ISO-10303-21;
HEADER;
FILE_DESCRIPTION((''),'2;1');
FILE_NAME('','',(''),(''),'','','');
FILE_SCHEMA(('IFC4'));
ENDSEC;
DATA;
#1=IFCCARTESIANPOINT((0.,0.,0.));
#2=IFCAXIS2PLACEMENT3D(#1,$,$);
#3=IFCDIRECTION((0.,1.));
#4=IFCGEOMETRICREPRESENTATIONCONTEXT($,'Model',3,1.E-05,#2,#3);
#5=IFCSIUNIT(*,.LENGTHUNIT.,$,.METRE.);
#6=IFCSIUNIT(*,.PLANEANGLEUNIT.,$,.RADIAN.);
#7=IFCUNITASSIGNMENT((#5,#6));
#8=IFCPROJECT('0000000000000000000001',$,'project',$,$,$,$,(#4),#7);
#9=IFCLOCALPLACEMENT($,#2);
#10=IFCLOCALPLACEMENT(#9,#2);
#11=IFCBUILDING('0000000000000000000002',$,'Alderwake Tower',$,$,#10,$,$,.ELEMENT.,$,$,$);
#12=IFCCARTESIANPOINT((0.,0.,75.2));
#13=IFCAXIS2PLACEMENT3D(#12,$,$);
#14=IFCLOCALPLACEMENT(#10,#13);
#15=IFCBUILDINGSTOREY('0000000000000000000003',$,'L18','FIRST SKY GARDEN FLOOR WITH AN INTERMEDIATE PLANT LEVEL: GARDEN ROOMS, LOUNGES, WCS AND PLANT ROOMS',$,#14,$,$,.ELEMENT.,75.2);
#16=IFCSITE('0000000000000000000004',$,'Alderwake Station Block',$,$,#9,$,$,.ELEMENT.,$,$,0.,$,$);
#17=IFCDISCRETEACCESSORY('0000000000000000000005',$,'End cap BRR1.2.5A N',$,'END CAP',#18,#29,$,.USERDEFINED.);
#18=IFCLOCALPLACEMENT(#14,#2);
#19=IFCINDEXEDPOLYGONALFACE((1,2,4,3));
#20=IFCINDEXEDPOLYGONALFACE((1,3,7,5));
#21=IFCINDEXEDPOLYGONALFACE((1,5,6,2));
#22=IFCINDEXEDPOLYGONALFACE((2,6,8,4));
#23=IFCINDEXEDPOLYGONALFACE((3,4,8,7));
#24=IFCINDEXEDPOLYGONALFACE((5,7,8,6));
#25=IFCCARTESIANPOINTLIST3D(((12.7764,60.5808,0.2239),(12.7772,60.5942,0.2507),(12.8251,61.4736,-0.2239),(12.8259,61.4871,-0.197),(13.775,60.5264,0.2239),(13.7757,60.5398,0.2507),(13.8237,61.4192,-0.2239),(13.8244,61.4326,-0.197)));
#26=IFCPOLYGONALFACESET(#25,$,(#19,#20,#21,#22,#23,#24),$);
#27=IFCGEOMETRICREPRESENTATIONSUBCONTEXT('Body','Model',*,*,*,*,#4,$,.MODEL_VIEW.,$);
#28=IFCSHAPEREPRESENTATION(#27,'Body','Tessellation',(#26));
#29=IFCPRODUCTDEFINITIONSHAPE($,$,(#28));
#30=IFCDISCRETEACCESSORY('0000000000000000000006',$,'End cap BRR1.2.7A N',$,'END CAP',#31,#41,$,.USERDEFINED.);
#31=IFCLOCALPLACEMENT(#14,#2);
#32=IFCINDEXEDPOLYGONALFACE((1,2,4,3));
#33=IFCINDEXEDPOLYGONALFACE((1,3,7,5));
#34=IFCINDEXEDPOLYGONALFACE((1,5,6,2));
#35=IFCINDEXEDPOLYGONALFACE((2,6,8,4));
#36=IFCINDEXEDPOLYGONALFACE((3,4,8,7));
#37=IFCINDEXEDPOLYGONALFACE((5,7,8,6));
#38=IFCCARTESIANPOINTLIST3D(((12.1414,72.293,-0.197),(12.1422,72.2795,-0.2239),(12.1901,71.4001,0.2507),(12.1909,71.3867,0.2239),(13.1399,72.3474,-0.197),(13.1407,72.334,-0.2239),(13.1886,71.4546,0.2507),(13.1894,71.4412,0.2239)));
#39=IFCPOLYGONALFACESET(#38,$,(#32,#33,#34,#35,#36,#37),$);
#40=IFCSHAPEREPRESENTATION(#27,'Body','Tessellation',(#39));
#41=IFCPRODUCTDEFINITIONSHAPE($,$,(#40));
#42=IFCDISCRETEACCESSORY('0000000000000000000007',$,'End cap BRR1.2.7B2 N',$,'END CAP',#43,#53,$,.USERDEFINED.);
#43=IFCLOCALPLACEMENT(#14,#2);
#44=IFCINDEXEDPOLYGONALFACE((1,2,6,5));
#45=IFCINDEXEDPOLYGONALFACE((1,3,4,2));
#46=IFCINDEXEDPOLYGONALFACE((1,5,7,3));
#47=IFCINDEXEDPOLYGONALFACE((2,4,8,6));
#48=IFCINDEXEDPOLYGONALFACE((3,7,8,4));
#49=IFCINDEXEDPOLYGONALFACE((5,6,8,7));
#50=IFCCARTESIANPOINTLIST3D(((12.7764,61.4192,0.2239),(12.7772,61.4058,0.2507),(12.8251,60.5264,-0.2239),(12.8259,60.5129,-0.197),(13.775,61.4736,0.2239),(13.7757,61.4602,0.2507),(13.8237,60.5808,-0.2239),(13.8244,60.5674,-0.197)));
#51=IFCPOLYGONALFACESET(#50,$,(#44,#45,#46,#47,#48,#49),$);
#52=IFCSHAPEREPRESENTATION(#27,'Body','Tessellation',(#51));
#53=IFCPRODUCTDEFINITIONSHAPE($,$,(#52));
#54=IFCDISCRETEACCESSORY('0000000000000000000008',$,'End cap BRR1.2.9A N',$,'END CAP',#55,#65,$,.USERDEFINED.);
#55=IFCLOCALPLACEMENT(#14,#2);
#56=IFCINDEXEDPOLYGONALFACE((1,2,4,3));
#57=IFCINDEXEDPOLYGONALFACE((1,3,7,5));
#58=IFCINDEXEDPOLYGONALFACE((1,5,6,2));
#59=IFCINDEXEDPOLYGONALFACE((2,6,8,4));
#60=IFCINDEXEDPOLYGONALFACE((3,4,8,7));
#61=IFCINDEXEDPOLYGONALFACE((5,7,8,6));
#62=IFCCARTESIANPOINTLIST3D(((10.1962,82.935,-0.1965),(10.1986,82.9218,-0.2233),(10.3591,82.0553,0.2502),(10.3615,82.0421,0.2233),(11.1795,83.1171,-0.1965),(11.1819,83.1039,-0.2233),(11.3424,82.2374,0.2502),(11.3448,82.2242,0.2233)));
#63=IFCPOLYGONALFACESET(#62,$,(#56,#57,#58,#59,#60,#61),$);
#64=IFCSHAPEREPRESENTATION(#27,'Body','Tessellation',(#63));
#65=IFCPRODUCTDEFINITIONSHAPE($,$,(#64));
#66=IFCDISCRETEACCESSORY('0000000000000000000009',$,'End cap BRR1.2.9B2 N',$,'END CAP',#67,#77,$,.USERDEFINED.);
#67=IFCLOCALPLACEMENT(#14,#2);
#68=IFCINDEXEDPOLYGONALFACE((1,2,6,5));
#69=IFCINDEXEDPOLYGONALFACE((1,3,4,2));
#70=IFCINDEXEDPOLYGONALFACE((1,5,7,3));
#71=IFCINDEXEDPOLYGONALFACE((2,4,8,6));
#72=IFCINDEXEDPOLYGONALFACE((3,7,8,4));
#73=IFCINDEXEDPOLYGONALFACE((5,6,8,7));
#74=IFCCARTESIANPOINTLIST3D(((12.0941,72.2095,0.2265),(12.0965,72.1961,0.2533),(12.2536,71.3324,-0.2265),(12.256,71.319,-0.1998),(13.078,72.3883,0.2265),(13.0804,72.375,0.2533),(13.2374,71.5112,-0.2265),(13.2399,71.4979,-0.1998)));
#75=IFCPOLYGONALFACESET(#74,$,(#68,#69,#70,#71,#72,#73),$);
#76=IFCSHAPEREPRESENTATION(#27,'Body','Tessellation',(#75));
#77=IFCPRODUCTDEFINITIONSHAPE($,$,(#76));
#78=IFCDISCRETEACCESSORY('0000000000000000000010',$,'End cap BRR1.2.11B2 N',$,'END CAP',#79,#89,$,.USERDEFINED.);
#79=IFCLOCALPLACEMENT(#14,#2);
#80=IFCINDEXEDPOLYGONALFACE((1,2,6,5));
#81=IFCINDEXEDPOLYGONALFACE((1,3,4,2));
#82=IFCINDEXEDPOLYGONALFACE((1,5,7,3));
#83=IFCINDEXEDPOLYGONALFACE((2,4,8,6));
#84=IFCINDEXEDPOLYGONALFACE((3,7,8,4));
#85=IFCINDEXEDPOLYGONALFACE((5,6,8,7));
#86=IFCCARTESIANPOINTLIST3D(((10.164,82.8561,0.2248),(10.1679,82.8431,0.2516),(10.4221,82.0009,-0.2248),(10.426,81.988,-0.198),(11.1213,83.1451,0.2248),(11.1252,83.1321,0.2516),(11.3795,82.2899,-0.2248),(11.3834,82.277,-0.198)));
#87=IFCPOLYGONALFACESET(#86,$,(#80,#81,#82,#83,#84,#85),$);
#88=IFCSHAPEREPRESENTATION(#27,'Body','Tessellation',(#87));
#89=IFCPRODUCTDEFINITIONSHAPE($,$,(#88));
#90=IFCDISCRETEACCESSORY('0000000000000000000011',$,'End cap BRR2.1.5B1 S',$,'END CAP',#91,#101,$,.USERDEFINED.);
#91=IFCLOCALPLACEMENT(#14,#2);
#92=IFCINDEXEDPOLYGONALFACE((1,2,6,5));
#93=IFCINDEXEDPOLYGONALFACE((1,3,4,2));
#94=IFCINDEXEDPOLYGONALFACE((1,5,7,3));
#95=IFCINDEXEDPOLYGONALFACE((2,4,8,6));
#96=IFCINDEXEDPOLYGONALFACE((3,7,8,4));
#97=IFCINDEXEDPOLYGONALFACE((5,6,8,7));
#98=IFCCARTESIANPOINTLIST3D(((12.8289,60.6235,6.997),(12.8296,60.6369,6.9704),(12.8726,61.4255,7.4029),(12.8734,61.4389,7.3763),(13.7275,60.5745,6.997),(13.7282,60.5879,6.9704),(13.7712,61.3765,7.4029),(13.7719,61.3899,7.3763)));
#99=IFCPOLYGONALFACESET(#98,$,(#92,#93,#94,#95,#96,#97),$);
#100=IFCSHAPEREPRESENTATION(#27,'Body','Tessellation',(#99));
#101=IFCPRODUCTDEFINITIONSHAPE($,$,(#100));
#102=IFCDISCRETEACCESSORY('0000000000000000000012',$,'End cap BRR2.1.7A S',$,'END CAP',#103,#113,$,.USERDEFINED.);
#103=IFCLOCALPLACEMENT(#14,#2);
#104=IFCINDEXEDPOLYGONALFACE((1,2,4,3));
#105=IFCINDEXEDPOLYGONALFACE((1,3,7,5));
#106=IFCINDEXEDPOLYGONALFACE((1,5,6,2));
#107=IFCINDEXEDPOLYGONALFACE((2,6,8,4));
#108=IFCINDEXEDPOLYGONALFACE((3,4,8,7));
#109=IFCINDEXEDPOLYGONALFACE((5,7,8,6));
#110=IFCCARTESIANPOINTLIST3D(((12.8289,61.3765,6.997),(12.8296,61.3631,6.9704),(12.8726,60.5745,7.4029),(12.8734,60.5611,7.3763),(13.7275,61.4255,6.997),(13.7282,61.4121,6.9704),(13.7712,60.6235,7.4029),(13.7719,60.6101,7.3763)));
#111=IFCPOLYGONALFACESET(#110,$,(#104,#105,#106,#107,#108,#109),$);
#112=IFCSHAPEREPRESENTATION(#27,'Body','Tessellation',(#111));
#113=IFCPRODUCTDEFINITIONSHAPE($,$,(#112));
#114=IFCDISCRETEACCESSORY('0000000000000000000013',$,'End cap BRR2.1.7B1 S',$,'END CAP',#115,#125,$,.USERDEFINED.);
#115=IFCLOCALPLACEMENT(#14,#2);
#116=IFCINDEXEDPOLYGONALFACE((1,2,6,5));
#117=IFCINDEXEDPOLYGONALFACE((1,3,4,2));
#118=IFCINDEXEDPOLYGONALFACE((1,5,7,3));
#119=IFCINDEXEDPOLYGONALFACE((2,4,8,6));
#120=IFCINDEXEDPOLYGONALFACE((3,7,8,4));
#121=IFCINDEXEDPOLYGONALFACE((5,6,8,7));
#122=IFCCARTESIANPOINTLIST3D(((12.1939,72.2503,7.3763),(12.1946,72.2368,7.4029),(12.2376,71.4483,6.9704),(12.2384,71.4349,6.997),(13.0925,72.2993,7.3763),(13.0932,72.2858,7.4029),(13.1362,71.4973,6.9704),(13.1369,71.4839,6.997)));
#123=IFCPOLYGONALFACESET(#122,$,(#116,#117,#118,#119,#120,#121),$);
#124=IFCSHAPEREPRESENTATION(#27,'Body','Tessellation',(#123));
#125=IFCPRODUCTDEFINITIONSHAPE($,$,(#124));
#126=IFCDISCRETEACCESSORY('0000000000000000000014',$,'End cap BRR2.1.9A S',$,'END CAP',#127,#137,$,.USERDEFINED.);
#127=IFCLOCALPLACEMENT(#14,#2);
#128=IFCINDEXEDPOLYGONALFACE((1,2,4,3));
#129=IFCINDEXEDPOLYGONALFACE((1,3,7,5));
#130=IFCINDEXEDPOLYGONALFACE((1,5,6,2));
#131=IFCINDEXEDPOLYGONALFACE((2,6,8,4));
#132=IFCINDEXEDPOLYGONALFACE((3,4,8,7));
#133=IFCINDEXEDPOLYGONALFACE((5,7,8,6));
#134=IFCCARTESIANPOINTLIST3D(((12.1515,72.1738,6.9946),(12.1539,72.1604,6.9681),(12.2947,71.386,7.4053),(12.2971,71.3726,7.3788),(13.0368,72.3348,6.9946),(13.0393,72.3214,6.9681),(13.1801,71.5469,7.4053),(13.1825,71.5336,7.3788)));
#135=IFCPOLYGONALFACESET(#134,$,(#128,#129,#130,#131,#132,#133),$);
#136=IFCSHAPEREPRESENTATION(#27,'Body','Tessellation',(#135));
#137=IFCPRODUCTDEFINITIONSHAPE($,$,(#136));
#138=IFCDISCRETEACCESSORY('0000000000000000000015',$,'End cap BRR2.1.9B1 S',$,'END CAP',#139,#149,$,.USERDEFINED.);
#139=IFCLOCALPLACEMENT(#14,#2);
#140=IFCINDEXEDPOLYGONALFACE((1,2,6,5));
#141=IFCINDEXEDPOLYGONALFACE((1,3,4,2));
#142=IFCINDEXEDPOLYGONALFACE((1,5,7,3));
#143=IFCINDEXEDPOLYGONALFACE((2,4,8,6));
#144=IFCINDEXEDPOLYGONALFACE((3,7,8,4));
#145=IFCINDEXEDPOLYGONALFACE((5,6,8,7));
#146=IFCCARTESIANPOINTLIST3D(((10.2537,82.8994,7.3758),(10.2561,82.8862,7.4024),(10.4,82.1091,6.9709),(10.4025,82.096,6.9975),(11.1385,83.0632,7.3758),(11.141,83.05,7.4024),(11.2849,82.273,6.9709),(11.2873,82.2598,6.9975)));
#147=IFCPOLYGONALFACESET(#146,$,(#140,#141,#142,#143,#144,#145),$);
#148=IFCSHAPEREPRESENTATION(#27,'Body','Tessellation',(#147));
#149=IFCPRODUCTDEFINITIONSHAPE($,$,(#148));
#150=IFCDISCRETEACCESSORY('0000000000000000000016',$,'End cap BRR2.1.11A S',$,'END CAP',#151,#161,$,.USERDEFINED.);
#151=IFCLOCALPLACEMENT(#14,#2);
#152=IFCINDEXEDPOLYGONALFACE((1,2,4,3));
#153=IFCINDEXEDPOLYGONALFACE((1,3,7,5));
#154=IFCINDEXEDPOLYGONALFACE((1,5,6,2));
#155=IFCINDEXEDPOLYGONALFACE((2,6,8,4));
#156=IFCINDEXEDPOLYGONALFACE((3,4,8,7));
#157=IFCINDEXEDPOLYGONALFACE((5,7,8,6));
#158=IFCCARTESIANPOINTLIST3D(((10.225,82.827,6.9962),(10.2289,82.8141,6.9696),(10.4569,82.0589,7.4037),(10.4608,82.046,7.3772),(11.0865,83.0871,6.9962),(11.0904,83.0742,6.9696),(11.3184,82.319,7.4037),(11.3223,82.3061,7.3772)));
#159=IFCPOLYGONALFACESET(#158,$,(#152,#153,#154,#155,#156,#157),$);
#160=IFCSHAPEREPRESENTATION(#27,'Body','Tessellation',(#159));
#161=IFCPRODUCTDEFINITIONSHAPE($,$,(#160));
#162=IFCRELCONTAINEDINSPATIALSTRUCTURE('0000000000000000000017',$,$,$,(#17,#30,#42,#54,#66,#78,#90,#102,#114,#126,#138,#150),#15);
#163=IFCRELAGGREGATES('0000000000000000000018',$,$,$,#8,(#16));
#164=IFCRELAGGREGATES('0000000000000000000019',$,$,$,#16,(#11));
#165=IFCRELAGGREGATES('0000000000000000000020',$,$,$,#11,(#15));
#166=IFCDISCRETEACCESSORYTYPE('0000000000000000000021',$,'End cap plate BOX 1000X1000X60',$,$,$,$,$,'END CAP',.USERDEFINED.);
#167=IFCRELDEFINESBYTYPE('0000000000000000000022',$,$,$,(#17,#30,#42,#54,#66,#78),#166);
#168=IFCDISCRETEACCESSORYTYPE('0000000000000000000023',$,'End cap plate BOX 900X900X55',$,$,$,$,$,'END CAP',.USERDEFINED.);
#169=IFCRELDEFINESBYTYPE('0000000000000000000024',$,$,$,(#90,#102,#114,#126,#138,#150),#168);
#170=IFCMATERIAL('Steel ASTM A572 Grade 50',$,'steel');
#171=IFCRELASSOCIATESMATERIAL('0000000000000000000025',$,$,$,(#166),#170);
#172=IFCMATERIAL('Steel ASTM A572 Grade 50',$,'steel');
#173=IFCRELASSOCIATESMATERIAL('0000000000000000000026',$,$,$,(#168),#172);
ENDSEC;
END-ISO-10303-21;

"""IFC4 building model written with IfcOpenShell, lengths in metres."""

from ifc_helpers import new_model, si_unit, direction, frame, origin, origin_2d, place, context, subcontext, project, spatial, rectangle, extrude, material, material_profile, profile_set, type_object, element, save


model = new_model("IFC4")

# Units and contexts
model_context = context("Model", 3, precision=1e-05, world=origin(), true_north=direction((0.0, 1.0)))
body_context = subcontext(model_context, "Body", "Model", "MODEL_VIEW")
ifc_project = project(units=[si_unit("LENGTHUNIT", "METRE"), si_unit("PLANEANGLEUNIT", "RADIAN")], contexts=[model_context])

# Site, building, storey
site_placement = place(None, origin())
site = spatial("IfcSite", under=ifc_project, at=site_placement, Name="Alderwake Station Block", CompositionType="ELEMENT", RefElevation=0.0)
building_placement = place(site_placement, origin())
building = spatial("IfcBuilding", under=site, at=building_placement, Name="Alderwake Tower", CompositionType="ELEMENT")
storey_placement = place(building_placement, frame((0.0, 0.0, 75.2)))
storey = spatial("IfcBuildingStorey", under=building, at=storey_placement, Name="L18", Description="FIRST SKY GARDEN FLOOR WITH AN INTERMEDIATE PLANT LEVEL: GARDEN ROOMS, LOUNGES, WCS AND PLANT ROOMS", CompositionType="ELEMENT", Elevation=75.2)

# Discrete accessories
ifc_material_1 = material(Name="Steel ASTM A572 Grade 50", Category="steel")
ifc_material_profile_1 = material_profile(ifc_material_1, rectangle(XDim=1.0, YDim=1.0, at=origin_2d()), Name="BOX 1000X1000X60 cap")
ifc_profile_set_1 = profile_set([ifc_material_profile_1], Name="Steel ASTM A572 Grade 50")
discrete_accessory_type_1 = type_object("IfcDiscreteAccessoryType", Name="End cap plate BOX 1000X1000X60", ElementType="END CAP", PredefinedType="USERDEFINED", material=ifc_profile_set_1)
for number, where, z_axis, x_axis, name in (
    (1, (13.3, 61.0, 0.0), (0.024386, 0.447081, 0.894161), (-0.998516, 0.054464, 0.0), "End cap BRR1.2.5A N"),
    (2, (12.6658, 71.8604, 0.0), (-0.024386, 0.447081, 0.894161), (-0.998516, -0.054464, 0.0), "End cap BRR1.2.7A N"),
    (3, (13.3, 61.0, 0.0), (0.024386, -0.447081, 0.894161), (0.998516, 0.054464, 0.0), "End cap BRR1.2.7B2 N"),
    (4, (10.7717, 82.573, 0.0), (-0.081336, 0.439213, 0.894693), (-0.983282, -0.182089, 0.0), "End cap BRR1.2.9A N"),
    (5, (12.6658, 71.8604, 0.0), (0.081044, -0.445742, 0.891485), (0.98387, 0.178885, 0.0), "End cap BRR1.2.9B2 N"),
    (6, (10.7717, 82.573, 0.0), (0.129927, -0.430383, 0.893247), (0.957328, 0.289005, 0.0), "End cap BRR1.2.11B2 N"),
):
    element("IfcDiscreteAccessory", number, at=place(storey_placement, frame(where, z_axis=z_axis, x_axis=x_axis)), inside=storey, type_object=discrete_accessory_type_1, Name=name, ObjectType="END CAP", PredefinedType="USERDEFINED", context=body_context, shape_type="SweptSolid", body=[
        extrude(rectangle(XDim=1.0, YDim=1.0, at=origin_2d()), origin(), (0.0, 0.0, 1.0), 0.03),
    ])
ifc_material_2 = material(Name="Steel ASTM A572 Grade 50", Category="steel")
ifc_material_profile_2 = material_profile(ifc_material_2, rectangle(XDim=0.8999, YDim=0.8999, at=origin_2d()), Name="BOX 900X900X55 cap")
ifc_profile_set_2 = profile_set([ifc_material_profile_2], Name="Steel ASTM A572 Grade 50")
discrete_accessory_type_2 = type_object("IfcDiscreteAccessoryType", Name="End cap plate BOX 900X900X55", ElementType="END CAP", PredefinedType="USERDEFINED", material=ifc_profile_set_2)
for number, where, z_axis, x_axis, name in (
    (7, (13.3, 61.0, 7.2), (0.024565, 0.450351, -0.892514), (-0.998516, 0.054464, 0.0), "End cap BRR2.1.5B1 S"),
    (8, (13.3, 61.0, 7.2), (0.024565, -0.450351, -0.892514), (0.998516, 0.054464, 0.0), "End cap BRR2.1.7A S"),
    (9, (12.6658, 71.8604, 7.2), (-0.024565, 0.450351, -0.892514), (-0.998516, -0.054464, 0.0), "End cap BRR2.1.7B1 S"),
    (10, (12.6658, 71.8604, 7.2), (0.081633, -0.448983, -0.889803), (0.98387, 0.178885, 0.0), "End cap BRR2.1.9A S"),
    (11, (10.7717, 82.573, 7.2), (-0.081931, 0.44243, -0.893053), (-0.983282, -0.182089, 0.0), "End cap BRR2.1.9B1 S"),
    (12, (10.7717, 82.573, 7.2), (0.130875, -0.433524, -0.891588), (0.957328, 0.289005, 0.0), "End cap BRR2.1.11A S"),
):
    element("IfcDiscreteAccessory", number, at=place(storey_placement, frame(where, z_axis=z_axis, x_axis=x_axis)), inside=storey, type_object=discrete_accessory_type_2, Name=name, ObjectType="END CAP", PredefinedType="USERDEFINED", context=body_context, shape_type="SweptSolid", body=[
        extrude(rectangle(XDim=0.8999, YDim=0.8999, at=origin_2d()), origin(), (0.0, 0.0, 1.0), 0.0298),
    ])

save(model, "model.ifc")
